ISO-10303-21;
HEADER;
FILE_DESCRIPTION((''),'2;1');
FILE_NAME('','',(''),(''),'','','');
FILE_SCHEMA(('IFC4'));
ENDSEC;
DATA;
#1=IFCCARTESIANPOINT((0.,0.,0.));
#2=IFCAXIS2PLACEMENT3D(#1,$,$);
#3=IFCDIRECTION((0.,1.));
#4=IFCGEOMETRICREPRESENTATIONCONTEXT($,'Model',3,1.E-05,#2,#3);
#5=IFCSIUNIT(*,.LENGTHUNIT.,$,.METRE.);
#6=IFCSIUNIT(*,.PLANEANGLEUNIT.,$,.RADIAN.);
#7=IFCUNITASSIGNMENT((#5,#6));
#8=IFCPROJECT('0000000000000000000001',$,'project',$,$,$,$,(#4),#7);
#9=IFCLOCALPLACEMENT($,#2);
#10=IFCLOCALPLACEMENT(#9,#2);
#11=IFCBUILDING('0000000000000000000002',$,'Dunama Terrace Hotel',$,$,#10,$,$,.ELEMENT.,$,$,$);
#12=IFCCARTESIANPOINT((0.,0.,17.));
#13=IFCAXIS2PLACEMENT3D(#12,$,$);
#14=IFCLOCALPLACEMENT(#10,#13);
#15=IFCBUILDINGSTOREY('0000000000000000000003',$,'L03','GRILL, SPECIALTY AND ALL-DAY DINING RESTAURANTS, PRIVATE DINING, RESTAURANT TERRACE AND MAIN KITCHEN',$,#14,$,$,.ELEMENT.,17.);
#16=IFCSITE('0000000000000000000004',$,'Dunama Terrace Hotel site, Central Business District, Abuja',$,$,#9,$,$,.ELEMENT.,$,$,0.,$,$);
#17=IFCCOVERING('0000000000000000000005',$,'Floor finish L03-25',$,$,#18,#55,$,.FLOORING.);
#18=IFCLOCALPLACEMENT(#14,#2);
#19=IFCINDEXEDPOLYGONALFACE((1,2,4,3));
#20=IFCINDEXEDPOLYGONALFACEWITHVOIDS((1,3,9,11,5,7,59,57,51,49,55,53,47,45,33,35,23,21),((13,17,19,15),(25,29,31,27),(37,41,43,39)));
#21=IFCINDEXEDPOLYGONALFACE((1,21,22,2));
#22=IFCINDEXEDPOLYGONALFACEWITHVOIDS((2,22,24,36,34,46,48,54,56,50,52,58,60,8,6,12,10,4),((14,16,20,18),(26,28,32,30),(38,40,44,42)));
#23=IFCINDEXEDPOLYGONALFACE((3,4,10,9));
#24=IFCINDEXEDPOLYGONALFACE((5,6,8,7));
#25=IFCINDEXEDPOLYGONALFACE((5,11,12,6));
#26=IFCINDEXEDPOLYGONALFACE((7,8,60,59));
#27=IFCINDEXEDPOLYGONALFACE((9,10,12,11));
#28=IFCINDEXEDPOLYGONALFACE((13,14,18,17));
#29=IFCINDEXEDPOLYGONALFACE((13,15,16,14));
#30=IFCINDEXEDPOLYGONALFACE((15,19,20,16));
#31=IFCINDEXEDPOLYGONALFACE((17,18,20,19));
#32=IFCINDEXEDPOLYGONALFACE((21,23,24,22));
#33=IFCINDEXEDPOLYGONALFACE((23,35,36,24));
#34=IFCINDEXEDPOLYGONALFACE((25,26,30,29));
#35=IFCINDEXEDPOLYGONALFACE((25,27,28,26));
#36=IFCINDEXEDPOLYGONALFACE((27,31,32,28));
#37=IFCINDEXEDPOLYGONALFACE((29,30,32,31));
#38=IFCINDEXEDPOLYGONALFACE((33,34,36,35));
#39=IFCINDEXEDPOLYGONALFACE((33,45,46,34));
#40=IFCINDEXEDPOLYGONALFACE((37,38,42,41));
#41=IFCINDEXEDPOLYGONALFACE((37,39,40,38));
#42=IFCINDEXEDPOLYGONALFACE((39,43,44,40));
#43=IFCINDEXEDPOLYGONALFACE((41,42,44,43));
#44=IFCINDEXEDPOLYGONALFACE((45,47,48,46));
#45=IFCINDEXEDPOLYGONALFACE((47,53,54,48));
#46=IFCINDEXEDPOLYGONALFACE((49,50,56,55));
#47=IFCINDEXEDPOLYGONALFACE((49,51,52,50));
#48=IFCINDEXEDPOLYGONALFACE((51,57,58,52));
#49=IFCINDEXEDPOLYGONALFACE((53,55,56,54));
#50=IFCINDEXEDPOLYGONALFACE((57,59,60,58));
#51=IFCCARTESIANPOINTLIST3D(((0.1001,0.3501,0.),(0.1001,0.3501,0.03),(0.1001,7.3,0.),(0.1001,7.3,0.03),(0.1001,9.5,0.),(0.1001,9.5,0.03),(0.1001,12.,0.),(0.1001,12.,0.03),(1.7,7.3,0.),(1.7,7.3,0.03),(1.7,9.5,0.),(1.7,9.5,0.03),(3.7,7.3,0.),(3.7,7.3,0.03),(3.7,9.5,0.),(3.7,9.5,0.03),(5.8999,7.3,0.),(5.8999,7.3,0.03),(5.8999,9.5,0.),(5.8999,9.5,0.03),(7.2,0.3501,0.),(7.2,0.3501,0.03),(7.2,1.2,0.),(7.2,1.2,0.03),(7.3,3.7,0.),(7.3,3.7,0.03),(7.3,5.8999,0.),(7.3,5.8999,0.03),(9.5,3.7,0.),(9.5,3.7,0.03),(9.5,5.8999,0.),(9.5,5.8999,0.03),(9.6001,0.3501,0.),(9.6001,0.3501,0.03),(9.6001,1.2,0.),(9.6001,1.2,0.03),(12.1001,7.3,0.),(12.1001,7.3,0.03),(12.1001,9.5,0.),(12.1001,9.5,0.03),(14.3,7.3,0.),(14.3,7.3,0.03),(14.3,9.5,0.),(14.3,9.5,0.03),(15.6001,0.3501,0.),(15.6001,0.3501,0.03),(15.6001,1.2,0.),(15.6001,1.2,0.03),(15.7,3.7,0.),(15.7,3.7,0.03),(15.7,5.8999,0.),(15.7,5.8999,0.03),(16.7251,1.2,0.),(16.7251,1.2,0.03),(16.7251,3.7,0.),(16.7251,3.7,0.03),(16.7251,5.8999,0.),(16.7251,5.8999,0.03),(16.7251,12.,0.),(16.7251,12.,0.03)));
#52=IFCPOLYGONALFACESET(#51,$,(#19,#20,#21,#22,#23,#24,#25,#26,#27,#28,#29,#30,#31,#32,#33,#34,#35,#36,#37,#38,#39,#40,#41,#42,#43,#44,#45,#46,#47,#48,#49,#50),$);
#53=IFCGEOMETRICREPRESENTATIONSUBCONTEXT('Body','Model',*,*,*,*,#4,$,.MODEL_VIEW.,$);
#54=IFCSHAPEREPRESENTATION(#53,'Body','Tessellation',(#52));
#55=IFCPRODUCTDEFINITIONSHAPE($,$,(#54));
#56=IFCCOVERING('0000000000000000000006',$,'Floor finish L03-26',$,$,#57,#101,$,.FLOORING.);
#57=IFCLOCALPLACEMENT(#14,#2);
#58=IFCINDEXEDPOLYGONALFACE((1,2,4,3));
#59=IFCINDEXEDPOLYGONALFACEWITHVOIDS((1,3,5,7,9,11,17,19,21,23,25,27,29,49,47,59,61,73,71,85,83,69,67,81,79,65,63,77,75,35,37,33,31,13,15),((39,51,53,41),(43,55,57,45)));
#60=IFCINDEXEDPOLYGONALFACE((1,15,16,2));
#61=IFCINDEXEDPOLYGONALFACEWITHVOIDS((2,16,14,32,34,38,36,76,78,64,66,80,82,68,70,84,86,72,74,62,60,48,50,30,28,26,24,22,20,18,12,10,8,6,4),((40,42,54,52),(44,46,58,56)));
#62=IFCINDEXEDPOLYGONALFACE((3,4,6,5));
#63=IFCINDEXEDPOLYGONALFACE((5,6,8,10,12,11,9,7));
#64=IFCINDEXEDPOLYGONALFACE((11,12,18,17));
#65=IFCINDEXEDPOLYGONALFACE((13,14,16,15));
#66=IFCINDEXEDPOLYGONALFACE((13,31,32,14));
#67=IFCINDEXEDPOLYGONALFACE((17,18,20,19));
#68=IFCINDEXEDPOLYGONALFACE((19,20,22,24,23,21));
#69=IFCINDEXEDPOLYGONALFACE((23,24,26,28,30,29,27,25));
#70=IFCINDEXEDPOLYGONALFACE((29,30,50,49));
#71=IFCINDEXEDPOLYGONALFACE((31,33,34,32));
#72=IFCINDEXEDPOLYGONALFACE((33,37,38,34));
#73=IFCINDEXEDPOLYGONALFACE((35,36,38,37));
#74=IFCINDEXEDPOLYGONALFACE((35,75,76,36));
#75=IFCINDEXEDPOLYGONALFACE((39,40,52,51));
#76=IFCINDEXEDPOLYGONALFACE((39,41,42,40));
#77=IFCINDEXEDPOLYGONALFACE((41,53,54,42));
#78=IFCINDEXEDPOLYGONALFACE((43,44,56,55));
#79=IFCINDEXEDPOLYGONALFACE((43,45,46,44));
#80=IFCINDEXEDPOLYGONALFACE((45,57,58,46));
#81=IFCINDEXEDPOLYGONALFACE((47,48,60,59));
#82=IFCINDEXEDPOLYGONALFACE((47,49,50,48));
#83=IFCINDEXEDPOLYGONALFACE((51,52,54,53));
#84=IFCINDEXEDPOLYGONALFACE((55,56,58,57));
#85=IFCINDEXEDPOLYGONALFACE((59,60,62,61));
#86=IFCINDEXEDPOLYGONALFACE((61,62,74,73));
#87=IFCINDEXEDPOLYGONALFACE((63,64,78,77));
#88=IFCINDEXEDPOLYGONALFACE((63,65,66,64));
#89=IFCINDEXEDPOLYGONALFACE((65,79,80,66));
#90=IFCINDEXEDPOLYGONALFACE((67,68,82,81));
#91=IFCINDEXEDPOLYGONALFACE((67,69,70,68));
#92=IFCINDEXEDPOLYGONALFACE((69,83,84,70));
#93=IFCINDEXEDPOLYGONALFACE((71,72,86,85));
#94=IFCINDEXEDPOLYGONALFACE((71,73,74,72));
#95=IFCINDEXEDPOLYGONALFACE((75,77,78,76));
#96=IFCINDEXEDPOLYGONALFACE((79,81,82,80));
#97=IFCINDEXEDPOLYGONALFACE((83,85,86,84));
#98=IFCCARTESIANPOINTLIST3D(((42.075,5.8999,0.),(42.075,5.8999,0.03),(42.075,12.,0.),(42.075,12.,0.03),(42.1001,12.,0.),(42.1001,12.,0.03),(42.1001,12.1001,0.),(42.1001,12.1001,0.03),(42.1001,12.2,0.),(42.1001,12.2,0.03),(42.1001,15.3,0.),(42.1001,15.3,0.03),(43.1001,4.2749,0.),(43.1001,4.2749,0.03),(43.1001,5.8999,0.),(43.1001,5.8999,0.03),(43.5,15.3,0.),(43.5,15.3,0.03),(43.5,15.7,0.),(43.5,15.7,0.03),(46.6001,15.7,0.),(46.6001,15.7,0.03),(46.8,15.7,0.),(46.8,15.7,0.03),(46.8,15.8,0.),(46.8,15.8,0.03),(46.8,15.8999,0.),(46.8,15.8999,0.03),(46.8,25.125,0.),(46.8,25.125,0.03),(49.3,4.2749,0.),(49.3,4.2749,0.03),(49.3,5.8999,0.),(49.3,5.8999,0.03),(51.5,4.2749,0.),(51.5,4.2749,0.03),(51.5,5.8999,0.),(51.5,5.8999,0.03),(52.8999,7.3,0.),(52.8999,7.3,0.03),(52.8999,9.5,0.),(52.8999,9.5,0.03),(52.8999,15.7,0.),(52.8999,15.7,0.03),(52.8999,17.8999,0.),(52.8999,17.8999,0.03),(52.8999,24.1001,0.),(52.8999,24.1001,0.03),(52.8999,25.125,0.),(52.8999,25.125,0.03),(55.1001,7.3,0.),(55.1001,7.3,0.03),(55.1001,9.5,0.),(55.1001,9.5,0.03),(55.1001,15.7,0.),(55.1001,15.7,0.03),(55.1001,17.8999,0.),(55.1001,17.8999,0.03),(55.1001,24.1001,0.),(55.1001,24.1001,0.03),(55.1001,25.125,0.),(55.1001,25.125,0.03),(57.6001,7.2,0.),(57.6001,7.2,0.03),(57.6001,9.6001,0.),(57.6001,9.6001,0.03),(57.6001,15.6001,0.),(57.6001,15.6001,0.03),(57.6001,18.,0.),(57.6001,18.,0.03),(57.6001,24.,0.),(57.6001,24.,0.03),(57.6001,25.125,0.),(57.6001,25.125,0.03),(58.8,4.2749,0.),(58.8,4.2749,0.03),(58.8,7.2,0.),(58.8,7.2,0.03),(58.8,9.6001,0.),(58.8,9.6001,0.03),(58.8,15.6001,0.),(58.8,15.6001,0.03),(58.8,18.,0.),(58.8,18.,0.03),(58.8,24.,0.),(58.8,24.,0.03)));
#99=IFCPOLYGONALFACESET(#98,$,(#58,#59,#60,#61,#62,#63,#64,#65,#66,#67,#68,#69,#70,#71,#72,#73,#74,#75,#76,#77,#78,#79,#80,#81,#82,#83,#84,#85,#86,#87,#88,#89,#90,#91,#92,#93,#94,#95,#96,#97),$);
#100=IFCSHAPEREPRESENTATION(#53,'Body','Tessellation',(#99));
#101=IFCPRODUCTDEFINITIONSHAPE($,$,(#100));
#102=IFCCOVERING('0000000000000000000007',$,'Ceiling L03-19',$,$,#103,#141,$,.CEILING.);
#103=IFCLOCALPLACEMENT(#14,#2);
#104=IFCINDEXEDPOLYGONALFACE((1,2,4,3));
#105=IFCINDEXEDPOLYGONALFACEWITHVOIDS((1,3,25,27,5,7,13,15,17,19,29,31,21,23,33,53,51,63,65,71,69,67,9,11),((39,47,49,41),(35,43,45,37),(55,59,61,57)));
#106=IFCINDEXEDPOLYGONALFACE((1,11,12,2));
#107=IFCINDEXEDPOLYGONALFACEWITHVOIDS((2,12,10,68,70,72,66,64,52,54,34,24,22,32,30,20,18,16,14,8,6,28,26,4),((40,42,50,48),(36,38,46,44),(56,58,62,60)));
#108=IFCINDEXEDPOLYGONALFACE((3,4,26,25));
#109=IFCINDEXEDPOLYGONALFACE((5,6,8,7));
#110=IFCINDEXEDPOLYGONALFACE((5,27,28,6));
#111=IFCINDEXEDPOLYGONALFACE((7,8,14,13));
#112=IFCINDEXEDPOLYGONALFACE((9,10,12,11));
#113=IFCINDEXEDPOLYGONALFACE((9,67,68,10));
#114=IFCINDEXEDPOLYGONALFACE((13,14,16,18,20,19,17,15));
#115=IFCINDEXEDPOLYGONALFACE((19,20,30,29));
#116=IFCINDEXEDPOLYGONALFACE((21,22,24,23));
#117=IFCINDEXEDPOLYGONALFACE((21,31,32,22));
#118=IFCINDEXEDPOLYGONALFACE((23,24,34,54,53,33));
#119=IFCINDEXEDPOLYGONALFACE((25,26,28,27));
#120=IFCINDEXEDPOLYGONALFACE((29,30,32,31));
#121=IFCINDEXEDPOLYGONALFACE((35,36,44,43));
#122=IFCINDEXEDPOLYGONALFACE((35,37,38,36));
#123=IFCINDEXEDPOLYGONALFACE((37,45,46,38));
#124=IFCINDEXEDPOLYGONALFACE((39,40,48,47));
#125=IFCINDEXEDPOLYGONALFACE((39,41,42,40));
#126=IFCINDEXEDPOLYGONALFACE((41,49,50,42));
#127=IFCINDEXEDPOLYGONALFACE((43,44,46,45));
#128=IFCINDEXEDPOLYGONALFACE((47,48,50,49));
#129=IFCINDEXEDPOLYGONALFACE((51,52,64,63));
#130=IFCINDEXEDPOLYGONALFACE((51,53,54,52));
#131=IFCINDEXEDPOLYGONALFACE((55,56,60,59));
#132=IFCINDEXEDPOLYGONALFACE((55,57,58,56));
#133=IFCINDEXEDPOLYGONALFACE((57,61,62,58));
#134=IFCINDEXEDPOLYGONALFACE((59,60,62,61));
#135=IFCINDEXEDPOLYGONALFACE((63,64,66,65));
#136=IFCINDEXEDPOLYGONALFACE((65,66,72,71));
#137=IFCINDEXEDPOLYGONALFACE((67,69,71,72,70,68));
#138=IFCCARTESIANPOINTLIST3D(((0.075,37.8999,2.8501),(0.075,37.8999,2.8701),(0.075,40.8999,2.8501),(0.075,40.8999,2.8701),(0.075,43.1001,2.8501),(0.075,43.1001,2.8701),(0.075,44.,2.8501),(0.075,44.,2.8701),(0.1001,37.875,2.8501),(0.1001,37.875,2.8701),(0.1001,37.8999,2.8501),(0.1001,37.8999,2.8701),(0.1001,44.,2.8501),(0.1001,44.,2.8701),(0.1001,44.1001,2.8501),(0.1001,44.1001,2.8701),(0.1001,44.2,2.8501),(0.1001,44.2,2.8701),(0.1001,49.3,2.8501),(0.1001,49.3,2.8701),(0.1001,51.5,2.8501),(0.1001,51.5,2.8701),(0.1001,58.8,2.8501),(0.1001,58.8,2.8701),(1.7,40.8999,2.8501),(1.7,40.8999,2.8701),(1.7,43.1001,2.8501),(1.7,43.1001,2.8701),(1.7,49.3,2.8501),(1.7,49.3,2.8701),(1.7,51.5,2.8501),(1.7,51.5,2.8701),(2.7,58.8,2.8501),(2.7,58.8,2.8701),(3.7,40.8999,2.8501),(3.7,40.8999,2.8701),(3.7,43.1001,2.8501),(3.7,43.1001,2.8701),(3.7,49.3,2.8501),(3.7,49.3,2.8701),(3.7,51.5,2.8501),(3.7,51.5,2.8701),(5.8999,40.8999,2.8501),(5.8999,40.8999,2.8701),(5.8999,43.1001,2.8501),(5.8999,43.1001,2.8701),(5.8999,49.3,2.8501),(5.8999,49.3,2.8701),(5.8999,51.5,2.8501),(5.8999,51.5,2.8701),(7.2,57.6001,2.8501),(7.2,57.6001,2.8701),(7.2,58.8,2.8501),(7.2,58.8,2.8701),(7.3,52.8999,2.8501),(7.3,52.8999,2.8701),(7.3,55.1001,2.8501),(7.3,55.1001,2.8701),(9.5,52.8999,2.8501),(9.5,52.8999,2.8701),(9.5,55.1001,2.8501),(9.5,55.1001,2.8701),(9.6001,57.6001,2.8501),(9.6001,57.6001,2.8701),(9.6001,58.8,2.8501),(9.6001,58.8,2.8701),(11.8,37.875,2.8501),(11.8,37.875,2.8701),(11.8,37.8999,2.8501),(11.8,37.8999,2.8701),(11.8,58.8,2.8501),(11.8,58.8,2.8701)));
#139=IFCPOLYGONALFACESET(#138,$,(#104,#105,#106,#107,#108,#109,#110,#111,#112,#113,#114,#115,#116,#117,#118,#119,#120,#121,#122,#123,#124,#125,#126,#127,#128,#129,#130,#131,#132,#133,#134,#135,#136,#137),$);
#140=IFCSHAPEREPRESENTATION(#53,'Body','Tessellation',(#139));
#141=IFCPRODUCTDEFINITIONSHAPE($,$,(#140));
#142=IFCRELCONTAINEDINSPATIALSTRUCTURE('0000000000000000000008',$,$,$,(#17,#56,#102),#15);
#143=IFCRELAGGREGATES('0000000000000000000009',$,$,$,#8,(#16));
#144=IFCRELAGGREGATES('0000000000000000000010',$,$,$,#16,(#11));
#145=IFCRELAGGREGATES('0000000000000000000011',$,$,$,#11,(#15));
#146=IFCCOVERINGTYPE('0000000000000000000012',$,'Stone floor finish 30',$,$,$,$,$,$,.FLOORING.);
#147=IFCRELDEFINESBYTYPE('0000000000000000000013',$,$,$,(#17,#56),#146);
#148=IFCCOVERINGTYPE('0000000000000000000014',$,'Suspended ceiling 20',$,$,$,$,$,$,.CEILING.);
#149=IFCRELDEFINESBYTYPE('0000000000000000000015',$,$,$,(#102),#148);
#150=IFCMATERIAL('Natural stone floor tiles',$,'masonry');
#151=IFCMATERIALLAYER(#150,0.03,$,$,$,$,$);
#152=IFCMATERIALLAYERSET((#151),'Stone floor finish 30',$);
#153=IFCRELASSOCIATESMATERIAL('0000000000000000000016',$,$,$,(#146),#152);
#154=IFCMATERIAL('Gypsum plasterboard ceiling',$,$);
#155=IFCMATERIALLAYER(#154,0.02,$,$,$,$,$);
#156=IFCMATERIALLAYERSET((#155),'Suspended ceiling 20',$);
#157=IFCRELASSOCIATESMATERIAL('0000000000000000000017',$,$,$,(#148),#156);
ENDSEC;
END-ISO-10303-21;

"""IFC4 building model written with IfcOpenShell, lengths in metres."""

from ifc_helpers import new_model, si_unit, direction, frame, origin, place, context, subcontext, project, spatial, polyline, outline, extrude, material, layer, layer_set, type_object, element, save


model = new_model("IFC4")

# Units and contexts
model_context = context("Model", 3, precision=1e-05, world=origin(), true_north=direction((0.0, 1.0)))
body_context = subcontext(model_context, "Body", "Model", "MODEL_VIEW")
ifc_project = project(units=[si_unit("LENGTHUNIT", "METRE"), si_unit("PLANEANGLEUNIT", "RADIAN")], contexts=[model_context])

# Site, building, storey
site_placement = place(None, origin())
site = spatial("IfcSite", under=ifc_project, at=site_placement, Name="Dunama Terrace Hotel site, Central Business District, Abuja", CompositionType="ELEMENT", RefElevation=0.0)
building_placement = place(site_placement, origin())
building = spatial("IfcBuilding", under=site, at=building_placement, Name="Dunama Terrace Hotel", CompositionType="ELEMENT")
storey_placement = place(building_placement, frame((0.0, 0.0, 17.0)))
storey = spatial("IfcBuildingStorey", under=building, at=storey_placement, Name="L03", Description="GRILL, SPECIALTY AND ALL-DAY DINING RESTAURANTS, PRIVATE DINING, RESTAURANT TERRACE AND MAIN KITCHEN", CompositionType="ELEMENT", Elevation=17.0)

# Coverings
ifc_material_1 = material(Name="Natural stone floor tiles", Category="masonry")
ifc_layer_1 = layer(ifc_material_1, 0.03)
ifc_layer_set_1 = layer_set([ifc_layer_1], Name="Stone floor finish 30")
covering_type_1 = type_object("IfcCoveringType", Name="Stone floor finish 30", PredefinedType="FLOORING", material=ifc_layer_set_1)
covering_1_placement = place(storey_placement, origin())
element("IfcCovering", 1, at=covering_1_placement, inside=storey, type_object=covering_type_1, Name="Floor finish L03-25", PredefinedType="FLOORING", context=body_context, shape_type="SweptSolid", body=[
    extrude(outline(polyline([(0.1001, 7.3), (0.1001, 0.3501), (7.2, 0.3501), (7.2, 1.2), (9.6001, 1.2), (9.6001, 0.3501), (15.6001, 0.3501), (15.6001, 1.2), (16.7251, 1.2), (16.7251, 3.7), (15.7, 3.7), (15.7, 5.8999), (16.7251, 5.8999), (16.7251, 12.0), (0.1001, 12.0), (0.1001, 9.5), (1.7, 9.5), (1.7, 7.3), (0.1001, 7.3)]), holes=[polyline([(3.7, 9.5), (5.8999, 9.5), (5.8999, 7.3), (3.7, 7.3), (3.7, 9.5)]), polyline([(7.3, 5.8999), (9.5, 5.8999), (9.5, 3.7), (7.3, 3.7), (7.3, 5.8999)]), polyline([(12.1001, 9.5), (14.3, 9.5), (14.3, 7.3), (12.1001, 7.3), (12.1001, 9.5)])]), origin(), (0.0, 0.0, 1.0), 0.03),
])
covering_2_placement = place(storey_placement, origin())
element("IfcCovering", 2, at=covering_2_placement, inside=storey, type_object=covering_type_1, Name="Floor finish L03-26", PredefinedType="FLOORING", context=body_context, shape_type="SweptSolid", body=[
    extrude(outline(polyline([(58.8, 18.0), (58.8, 24.0), (57.6001, 24.0), (57.6001, 25.125), (55.1001, 25.125), (55.1001, 24.1001), (52.8999, 24.1001), (52.8999, 25.125), (46.8, 25.125), (46.8, 15.8999), (46.8, 15.8), (46.8, 15.7), (46.6001, 15.7), (43.5, 15.7), (43.5, 15.3), (42.1001, 15.3), (42.1001, 12.2), (42.1001, 12.1001), (42.1001, 12.0), (42.075, 12.0), (42.075, 5.8999), (43.1001, 5.8999), (43.1001, 4.2749), (49.3, 4.2749), (49.3, 5.8999), (51.5, 5.8999), (51.5, 4.2749), (58.8, 4.2749), (58.8, 7.2), (57.6001, 7.2), (57.6001, 9.6001), (58.8, 9.6001), (58.8, 15.6001), (57.6001, 15.6001), (57.6001, 18.0), (58.8, 18.0)]), holes=[polyline([(55.1001, 9.5), (55.1001, 7.3), (52.8999, 7.3), (52.8999, 9.5), (55.1001, 9.5)]), polyline([(52.8999, 17.8999), (55.1001, 17.8999), (55.1001, 15.7), (52.8999, 15.7), (52.8999, 17.8999)])]), origin(), (0.0, 0.0, 1.0), 0.03),
])
ifc_material_2 = material(Name="Gypsum plasterboard ceiling")
ifc_layer_2 = layer(ifc_material_2, 0.02)
ifc_layer_set_2 = layer_set([ifc_layer_2], Name="Suspended ceiling 20")
covering_type_2 = type_object("IfcCoveringType", Name="Suspended ceiling 20", PredefinedType="CEILING", material=ifc_layer_set_2)
covering_3_placement = place(storey_placement, frame((0.0, 0.0, 2.8501)))
element("IfcCovering", 3, at=covering_3_placement, inside=storey, type_object=covering_type_2, Name="Ceiling L03-19", PredefinedType="CEILING", context=body_context, shape_type="SweptSolid", body=[
    extrude(outline(polyline([(7.2, 57.6001), (7.2, 58.8), (2.7, 58.8), (0.1001, 58.8), (0.1001, 51.5), (1.7, 51.5), (1.7, 49.3), (0.1001, 49.3), (0.1001, 44.2), (0.1001, 44.1001), (0.1001, 44.0), (0.075, 44.0), (0.075, 43.1001), (1.7, 43.1001), (1.7, 40.8999), (0.075, 40.8999), (0.075, 37.8999), (0.1001, 37.8999), (0.1001, 37.875), (11.8, 37.875), (11.8, 37.8999), (11.8, 58.8), (9.6001, 58.8), (9.6001, 57.6001), (7.2, 57.6001)]), holes=[polyline([(3.7, 43.1001), (5.8999, 43.1001), (5.8999, 40.8999), (3.7, 40.8999), (3.7, 43.1001)]), polyline([(3.7, 49.3), (3.7, 51.5), (5.8999, 51.5), (5.8999, 49.3), (3.7, 49.3)]), polyline([(7.3, 52.8999), (7.3, 55.1001), (9.5, 55.1001), (9.5, 52.8999), (7.3, 52.8999)])]), origin(), (0.0, 0.0, 1.0), 0.02),
])

save(model, "model.ifc")
